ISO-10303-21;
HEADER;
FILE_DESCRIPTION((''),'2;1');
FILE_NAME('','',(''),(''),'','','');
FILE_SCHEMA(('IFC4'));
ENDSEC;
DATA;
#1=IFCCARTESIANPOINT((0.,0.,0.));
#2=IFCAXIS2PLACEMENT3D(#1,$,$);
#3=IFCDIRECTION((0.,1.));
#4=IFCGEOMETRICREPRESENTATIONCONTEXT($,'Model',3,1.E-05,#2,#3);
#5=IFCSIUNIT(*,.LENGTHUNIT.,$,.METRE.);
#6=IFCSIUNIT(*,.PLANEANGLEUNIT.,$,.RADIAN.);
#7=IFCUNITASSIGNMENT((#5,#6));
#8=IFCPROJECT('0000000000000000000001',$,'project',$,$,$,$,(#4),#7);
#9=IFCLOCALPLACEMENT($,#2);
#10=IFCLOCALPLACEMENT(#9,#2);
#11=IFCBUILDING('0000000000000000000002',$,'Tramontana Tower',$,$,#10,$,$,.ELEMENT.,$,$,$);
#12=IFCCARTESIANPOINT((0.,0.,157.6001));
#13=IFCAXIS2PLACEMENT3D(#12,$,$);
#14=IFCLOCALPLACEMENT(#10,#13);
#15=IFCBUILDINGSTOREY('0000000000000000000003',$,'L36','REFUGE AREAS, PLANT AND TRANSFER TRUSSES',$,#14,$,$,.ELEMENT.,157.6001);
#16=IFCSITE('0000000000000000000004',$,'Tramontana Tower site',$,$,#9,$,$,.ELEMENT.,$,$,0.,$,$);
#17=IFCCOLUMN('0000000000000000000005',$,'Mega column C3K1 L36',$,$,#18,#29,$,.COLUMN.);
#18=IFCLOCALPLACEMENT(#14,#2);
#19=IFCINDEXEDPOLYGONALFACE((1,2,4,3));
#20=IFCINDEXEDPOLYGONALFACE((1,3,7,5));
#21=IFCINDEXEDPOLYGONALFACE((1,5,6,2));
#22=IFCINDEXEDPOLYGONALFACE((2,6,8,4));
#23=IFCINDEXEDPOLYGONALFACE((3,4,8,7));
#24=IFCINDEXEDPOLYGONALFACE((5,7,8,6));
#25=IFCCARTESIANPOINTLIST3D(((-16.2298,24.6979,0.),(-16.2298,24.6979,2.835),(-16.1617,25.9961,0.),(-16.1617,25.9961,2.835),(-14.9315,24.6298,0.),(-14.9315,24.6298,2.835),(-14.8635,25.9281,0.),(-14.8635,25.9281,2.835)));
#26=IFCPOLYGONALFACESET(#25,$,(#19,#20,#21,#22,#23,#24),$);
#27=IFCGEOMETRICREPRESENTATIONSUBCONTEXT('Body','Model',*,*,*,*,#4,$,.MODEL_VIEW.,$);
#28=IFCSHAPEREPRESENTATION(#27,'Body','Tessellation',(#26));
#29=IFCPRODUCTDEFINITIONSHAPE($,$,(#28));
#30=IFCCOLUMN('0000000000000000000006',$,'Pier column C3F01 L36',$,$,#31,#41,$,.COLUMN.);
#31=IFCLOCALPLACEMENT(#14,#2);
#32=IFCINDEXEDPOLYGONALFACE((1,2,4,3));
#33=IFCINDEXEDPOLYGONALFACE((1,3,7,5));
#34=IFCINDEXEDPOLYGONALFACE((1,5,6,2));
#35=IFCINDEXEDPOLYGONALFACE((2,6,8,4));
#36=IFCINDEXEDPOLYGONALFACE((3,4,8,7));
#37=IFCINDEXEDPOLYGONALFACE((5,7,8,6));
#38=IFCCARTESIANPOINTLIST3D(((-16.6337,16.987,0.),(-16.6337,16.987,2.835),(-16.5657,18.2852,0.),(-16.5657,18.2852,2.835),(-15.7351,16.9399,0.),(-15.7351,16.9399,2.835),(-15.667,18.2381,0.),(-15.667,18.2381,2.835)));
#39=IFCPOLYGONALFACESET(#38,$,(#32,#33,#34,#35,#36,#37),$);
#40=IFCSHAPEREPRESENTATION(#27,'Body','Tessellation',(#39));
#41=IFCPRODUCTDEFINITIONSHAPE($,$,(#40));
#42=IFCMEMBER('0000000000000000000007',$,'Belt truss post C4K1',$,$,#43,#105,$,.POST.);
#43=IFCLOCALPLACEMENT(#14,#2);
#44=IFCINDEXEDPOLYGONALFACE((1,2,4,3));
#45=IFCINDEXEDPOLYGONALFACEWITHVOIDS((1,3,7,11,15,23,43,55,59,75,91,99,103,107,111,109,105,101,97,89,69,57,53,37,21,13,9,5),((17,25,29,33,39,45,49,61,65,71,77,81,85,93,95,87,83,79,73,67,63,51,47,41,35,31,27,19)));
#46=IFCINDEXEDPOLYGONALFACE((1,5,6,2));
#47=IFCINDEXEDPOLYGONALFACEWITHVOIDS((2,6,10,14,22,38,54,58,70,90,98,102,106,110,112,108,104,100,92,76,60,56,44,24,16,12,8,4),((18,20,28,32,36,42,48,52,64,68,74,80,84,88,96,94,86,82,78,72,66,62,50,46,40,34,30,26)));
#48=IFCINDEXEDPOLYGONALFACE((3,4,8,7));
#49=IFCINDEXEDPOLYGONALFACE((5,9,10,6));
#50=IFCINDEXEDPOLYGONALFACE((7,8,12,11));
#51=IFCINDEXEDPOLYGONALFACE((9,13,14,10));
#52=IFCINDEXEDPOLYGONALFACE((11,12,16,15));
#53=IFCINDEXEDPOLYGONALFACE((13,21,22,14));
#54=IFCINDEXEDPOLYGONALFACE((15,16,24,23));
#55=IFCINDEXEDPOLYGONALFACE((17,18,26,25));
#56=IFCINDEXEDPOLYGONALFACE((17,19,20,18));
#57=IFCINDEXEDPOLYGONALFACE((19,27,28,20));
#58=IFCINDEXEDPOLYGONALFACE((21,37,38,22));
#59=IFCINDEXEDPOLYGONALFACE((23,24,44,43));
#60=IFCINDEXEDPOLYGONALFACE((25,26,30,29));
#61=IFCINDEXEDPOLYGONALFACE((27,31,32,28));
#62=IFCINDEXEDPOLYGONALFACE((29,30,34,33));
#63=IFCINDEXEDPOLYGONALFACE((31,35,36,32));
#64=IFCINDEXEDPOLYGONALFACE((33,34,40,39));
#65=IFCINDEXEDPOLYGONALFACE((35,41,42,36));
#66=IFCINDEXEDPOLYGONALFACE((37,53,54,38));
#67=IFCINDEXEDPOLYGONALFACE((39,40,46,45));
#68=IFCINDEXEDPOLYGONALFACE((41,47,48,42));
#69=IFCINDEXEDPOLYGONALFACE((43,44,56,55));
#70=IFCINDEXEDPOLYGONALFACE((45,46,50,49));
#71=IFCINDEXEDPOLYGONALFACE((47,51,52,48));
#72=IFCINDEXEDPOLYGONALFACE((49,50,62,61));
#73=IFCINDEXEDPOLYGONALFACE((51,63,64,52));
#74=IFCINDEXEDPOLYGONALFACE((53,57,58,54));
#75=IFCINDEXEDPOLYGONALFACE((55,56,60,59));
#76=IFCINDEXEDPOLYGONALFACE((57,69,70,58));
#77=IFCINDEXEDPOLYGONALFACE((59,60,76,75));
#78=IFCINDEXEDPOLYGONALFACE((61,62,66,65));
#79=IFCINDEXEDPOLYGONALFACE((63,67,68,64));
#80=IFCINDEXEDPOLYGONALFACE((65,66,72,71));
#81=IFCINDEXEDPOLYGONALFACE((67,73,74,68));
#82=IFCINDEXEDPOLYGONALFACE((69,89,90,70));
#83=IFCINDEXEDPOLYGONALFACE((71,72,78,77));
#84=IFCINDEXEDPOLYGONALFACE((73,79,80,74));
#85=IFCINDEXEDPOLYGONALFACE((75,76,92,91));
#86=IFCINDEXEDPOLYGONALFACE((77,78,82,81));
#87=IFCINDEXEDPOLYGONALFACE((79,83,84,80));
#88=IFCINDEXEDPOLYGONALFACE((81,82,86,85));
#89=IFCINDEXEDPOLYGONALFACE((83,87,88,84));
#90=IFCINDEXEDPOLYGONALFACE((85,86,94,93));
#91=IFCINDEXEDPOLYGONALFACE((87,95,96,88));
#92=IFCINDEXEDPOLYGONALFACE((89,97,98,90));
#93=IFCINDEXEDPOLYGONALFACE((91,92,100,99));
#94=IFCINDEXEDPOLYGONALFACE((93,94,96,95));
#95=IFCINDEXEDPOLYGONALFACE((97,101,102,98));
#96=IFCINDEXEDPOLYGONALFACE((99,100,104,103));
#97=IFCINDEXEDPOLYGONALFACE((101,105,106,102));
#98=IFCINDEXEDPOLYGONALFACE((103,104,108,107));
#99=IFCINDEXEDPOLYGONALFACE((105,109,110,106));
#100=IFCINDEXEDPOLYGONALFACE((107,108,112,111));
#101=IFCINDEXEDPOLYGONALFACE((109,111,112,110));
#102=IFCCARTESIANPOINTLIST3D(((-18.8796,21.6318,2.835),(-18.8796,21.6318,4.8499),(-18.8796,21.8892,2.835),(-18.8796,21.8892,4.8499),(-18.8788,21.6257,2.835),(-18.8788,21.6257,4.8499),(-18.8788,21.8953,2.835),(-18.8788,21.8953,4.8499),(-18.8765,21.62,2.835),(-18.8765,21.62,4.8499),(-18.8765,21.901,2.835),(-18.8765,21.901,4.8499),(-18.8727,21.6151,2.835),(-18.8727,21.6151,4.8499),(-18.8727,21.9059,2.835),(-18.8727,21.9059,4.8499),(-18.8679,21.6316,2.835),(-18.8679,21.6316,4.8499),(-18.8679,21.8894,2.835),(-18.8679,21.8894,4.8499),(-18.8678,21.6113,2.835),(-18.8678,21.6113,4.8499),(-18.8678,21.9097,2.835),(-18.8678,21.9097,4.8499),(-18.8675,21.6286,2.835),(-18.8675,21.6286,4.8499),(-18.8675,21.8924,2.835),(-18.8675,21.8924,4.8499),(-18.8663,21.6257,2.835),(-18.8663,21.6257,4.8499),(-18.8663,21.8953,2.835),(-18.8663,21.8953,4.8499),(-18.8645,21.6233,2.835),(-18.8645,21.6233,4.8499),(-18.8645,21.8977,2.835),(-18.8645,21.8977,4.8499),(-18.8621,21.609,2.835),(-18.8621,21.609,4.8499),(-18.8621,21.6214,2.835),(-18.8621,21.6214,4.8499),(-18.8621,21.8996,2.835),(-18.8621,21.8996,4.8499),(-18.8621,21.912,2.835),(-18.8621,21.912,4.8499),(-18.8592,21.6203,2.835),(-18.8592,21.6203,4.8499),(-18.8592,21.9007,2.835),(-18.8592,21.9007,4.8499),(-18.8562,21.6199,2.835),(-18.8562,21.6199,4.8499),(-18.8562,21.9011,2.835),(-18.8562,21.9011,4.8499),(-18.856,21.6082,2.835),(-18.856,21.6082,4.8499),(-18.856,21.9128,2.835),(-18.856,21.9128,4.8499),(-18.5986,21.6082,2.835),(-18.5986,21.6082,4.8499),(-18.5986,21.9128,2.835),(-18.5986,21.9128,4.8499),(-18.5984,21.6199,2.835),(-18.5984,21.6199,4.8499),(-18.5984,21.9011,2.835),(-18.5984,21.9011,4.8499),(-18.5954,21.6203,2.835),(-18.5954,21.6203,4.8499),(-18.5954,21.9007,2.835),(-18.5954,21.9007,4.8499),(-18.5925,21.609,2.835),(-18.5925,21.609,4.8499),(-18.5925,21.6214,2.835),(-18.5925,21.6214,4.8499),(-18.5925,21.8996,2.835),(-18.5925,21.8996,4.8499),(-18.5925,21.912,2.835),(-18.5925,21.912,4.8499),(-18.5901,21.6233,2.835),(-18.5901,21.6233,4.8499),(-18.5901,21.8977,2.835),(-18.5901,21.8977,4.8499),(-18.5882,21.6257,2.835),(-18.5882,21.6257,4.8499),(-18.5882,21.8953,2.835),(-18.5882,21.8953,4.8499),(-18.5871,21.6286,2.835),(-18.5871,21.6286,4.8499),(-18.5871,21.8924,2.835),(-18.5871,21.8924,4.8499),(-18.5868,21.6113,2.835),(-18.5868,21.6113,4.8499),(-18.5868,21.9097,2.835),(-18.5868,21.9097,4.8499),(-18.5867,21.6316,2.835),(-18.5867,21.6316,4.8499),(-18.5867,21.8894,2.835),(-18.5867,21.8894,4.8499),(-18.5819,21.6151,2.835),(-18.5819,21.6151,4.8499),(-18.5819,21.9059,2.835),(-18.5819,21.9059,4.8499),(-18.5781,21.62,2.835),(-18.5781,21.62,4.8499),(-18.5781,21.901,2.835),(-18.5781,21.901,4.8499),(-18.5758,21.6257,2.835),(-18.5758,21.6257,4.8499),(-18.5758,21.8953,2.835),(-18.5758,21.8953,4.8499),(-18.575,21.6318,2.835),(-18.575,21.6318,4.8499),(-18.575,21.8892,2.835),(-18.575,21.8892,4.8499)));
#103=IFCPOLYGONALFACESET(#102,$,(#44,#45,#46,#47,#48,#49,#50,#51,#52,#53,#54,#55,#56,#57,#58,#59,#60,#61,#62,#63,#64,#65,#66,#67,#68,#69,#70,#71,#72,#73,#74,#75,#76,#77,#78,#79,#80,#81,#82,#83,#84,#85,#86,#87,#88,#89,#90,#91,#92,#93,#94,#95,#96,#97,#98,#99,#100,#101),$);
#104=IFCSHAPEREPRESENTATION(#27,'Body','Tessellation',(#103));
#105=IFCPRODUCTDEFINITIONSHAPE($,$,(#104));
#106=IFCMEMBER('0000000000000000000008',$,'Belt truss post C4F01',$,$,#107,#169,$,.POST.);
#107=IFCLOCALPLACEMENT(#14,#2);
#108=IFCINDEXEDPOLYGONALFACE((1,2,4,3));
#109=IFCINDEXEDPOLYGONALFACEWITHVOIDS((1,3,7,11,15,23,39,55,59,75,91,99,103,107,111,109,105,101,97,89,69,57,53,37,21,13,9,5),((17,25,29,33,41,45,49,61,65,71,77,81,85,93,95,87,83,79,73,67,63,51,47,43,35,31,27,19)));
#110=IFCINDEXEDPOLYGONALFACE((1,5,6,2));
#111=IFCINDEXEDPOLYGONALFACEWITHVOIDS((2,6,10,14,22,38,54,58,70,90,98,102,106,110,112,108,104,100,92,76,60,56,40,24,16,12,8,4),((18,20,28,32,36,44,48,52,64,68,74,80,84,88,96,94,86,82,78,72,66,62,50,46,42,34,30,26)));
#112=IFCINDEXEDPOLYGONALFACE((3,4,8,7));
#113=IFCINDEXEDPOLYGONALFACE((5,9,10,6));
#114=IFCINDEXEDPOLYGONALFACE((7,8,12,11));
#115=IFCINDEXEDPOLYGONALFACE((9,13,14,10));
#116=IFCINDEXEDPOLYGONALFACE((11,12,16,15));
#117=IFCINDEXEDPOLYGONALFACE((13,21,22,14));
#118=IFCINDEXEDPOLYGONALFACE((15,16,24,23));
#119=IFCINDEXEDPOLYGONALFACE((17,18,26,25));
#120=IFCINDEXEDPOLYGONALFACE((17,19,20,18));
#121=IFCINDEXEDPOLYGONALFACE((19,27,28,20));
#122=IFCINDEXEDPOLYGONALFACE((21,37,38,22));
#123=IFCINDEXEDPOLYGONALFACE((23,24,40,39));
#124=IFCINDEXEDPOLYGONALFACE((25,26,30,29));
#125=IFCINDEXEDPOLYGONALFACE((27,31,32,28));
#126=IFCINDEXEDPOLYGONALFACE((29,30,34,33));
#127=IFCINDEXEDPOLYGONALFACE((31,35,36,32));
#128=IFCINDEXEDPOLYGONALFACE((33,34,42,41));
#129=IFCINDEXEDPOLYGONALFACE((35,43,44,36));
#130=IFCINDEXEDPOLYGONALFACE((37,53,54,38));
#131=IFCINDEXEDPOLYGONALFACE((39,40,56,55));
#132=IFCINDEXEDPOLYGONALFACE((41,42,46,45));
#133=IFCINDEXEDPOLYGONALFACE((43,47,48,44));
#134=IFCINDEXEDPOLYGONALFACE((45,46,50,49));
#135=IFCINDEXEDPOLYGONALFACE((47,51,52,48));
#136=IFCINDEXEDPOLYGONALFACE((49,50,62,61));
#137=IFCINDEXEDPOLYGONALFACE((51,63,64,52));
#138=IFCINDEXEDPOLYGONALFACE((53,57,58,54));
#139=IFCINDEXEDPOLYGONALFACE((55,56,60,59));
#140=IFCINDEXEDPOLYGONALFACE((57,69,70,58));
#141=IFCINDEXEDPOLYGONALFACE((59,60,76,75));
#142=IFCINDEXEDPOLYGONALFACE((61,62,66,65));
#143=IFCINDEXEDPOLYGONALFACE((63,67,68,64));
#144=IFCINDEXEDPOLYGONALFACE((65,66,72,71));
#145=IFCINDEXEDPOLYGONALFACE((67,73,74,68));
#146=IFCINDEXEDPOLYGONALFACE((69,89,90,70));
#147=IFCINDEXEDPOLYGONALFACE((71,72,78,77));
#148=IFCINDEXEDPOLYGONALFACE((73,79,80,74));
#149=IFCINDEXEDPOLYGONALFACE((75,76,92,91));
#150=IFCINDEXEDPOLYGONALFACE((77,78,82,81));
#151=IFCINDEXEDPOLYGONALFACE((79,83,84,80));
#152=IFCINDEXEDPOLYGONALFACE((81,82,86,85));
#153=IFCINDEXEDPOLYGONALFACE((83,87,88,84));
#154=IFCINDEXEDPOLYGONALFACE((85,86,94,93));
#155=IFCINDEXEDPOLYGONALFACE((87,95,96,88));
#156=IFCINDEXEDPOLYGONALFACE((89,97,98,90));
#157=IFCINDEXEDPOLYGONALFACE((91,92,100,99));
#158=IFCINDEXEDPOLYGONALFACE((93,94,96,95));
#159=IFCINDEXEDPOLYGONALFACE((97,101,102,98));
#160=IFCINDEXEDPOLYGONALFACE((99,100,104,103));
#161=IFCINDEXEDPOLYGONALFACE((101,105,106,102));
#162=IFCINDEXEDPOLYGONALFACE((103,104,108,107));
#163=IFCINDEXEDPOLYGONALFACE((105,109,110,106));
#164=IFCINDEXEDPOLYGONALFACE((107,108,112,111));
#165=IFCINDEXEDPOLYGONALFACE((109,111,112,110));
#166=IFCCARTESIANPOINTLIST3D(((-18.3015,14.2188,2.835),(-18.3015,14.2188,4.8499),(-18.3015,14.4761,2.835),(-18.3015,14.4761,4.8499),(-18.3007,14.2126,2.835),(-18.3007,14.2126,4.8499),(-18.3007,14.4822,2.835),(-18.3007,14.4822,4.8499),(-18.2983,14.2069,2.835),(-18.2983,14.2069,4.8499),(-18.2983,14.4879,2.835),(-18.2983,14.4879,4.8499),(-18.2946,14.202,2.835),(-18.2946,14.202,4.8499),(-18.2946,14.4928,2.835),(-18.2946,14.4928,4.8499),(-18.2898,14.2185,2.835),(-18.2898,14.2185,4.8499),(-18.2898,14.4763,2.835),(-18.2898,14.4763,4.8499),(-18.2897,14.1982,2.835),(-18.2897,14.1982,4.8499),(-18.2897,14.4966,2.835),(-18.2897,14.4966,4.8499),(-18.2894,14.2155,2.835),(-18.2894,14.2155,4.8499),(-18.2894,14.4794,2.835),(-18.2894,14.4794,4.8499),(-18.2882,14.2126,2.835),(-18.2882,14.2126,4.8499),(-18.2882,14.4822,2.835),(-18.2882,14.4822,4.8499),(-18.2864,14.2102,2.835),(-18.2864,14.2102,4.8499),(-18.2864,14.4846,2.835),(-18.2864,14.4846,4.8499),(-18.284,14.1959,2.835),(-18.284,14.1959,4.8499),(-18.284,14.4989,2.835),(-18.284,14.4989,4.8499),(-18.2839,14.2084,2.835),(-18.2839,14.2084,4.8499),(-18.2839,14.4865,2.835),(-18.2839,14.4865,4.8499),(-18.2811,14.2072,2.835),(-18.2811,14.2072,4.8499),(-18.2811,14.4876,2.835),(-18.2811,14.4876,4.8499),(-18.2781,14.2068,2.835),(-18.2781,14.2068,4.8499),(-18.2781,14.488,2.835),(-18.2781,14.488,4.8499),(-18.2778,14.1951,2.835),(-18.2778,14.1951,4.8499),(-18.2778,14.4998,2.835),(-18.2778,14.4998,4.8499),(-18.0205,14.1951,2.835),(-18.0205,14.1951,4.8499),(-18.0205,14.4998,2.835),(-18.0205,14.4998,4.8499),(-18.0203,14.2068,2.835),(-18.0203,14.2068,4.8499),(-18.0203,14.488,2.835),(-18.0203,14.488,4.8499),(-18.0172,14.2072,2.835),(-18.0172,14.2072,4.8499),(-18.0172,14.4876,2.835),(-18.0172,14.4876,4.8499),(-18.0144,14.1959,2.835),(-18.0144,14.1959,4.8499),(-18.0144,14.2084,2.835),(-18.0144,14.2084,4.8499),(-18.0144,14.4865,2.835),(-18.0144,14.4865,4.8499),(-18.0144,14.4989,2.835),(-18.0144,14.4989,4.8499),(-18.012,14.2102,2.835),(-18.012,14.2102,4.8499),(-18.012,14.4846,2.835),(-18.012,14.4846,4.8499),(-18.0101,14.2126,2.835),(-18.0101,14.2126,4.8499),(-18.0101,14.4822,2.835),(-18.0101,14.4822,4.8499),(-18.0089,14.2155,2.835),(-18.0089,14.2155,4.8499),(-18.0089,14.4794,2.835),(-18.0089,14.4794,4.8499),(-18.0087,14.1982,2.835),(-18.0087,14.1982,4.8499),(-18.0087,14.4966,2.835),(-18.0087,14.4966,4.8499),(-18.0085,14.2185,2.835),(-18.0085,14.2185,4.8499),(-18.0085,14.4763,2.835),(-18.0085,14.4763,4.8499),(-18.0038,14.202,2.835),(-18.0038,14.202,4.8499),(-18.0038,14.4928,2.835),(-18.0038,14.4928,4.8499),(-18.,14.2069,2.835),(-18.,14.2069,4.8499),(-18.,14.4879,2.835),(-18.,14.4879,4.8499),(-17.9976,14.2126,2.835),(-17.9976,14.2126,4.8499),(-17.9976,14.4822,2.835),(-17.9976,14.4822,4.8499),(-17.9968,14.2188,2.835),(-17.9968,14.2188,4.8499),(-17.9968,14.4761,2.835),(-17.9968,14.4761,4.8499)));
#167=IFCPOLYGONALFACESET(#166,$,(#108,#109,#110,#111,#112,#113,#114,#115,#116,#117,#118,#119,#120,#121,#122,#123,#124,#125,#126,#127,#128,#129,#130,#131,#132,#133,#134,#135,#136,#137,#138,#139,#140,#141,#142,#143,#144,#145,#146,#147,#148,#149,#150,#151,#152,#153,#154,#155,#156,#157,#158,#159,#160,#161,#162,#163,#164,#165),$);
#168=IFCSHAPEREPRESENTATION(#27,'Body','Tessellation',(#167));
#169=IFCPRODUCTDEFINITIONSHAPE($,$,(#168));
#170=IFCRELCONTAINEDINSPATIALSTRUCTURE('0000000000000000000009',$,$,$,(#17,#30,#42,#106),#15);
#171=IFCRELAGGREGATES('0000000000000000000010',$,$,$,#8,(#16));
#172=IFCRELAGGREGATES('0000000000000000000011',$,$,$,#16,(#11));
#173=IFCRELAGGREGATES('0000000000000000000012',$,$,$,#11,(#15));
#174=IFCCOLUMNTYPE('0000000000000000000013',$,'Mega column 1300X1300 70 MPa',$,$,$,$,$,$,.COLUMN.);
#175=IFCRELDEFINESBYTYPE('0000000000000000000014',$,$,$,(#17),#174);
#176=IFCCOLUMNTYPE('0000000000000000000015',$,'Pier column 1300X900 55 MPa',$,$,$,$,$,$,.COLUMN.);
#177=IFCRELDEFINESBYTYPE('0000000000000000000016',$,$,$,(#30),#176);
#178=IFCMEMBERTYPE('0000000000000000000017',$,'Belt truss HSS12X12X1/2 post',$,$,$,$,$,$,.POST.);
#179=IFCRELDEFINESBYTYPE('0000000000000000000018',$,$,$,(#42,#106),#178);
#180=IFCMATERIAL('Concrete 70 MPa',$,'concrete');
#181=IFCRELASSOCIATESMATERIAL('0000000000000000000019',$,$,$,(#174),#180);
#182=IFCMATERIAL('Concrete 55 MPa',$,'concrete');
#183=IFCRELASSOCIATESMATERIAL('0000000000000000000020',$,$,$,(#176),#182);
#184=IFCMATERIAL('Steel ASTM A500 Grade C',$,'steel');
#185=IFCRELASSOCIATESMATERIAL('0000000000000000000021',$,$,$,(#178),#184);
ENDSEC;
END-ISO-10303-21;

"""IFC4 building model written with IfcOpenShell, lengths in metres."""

from ifc_helpers import new_model, si_unit, direction, frame, origin, origin_2d, place, context, subcontext, project, spatial, rectangle, hollow_rectangle, extrude, material, material_profile, profile_set, type_object, element, save


model = new_model("IFC4")

# Units and contexts
model_context = context("Model", 3, precision=1e-05, world=origin(), true_north=direction((0.0, 1.0)))
body_context = subcontext(model_context, "Body", "Model", "MODEL_VIEW")
ifc_project = project(units=[si_unit("LENGTHUNIT", "METRE"), si_unit("PLANEANGLEUNIT", "RADIAN")], contexts=[model_context])

# Site, building, storey
site_placement = place(None, origin())
site = spatial("IfcSite", under=ifc_project, at=site_placement, Name="Tramontana Tower site", CompositionType="ELEMENT", RefElevation=0.0)
building_placement = place(site_placement, origin())
building = spatial("IfcBuilding", under=site, at=building_placement, Name="Tramontana Tower", CompositionType="ELEMENT")
storey_placement = place(building_placement, frame((0.0, 0.0, 157.6001)))
storey = spatial("IfcBuildingStorey", under=building, at=storey_placement, Name="L36", Description="REFUGE AREAS, PLANT AND TRANSFER TRUSSES", CompositionType="ELEMENT", Elevation=157.6001)

# Columns
ifc_material_1 = material(Name="Concrete 70 MPa", Category="concrete")
ifc_material_profile_1 = material_profile(ifc_material_1, rectangle(XDim=1.3, YDim=1.3, at=origin_2d()), Name="Mega column 1300X1300 70 MPa")
ifc_profile_set_1 = profile_set([ifc_material_profile_1], Name="Concrete 70 MPa")
column_type_1 = type_object("IfcColumnType", Name="Mega column 1300X1300 70 MPa", PredefinedType="COLUMN", material=ifc_profile_set_1)
column_1_placement = place(storey_placement, frame((-15.5466, 25.313, 0.0), z_axis=(0.0, 0.0, 1.0), x_axis=(-0.052336, -0.99863, 0.0)))
element("IfcColumn", 1, at=column_1_placement, inside=storey, type_object=column_type_1, Name="Mega column C3K1 L36", PredefinedType="COLUMN", context=body_context, shape_type="SweptSolid", body=[
    extrude(rectangle(XDim=1.3, YDim=1.3, at=origin_2d()), origin(), (0.0, 0.0, 1.0), 2.835),
])
ifc_material_2 = material(Name="Concrete 55 MPa", Category="concrete")
ifc_material_profile_2 = material_profile(ifc_material_2, rectangle(XDim=1.3, YDim=0.8999, at=origin_2d()), Name="Pier column 1300X900 55 MPa")
ifc_profile_set_2 = profile_set([ifc_material_profile_2], Name="Concrete 55 MPa")
column_type_2 = type_object("IfcColumnType", Name="Pier column 1300X900 55 MPa", PredefinedType="COLUMN", material=ifc_profile_set_2)
column_2_placement = place(storey_placement, frame((-16.1504, 17.6125, 0.0), z_axis=(0.0, 0.0, 1.0), x_axis=(-0.052336, -0.99863, 0.0)))
element("IfcColumn", 2, at=column_2_placement, inside=storey, type_object=column_type_2, Name="Pier column C3F01 L36", PredefinedType="COLUMN", context=body_context, shape_type="SweptSolid", body=[
    extrude(rectangle(XDim=1.3, YDim=0.8999, at=origin_2d()), origin(), (0.0, 0.0, 1.0), 2.835),
])

# Members
ifc_material_3 = material(Name="Steel ASTM A500 Grade C", Category="steel")
ifc_material_profile_3 = material_profile(ifc_material_3, hollow_rectangle(XDim=0.3047, YDim=0.3047, WallThickness=0.0117, InnerFilletRadius=0.0117, OuterFilletRadius=0.0237, at=origin_2d()), Name="HSS12X12X1/2")
ifc_profile_set_3 = profile_set([ifc_material_profile_3], Name="Steel ASTM A500 Grade C")
member_type_1 = type_object("IfcMemberType", Name="Belt truss HSS12X12X1/2 post", PredefinedType="POST", material=ifc_profile_set_3)
for number, where, z_axis, x_axis, name in (
    (3, (-18.7273, 21.7605, 2.835), (0.0, 0.0, 1.0), (1.0, 0.0, 0.0), "Belt truss post C4K1"),
    (4, (-18.1492, 14.3474, 2.835), (0.0, 0.0, 1.0), (1.0, 0.0, 0.0), "Belt truss post C4F01"),
):
    element("IfcMember", number, at=place(storey_placement, frame(where, z_axis=z_axis, x_axis=x_axis)), inside=storey, type_object=member_type_1, Name=name, PredefinedType="POST", context=body_context, shape_type="SweptSolid", body=[
        extrude(hollow_rectangle(XDim=0.3047, YDim=0.3047, WallThickness=0.0117, InnerFilletRadius=0.0117, OuterFilletRadius=0.0237, at=origin_2d()), origin(), (0.0, 0.0, 1.0), 2.0149),
    ])

save(model, "model.ifc")
